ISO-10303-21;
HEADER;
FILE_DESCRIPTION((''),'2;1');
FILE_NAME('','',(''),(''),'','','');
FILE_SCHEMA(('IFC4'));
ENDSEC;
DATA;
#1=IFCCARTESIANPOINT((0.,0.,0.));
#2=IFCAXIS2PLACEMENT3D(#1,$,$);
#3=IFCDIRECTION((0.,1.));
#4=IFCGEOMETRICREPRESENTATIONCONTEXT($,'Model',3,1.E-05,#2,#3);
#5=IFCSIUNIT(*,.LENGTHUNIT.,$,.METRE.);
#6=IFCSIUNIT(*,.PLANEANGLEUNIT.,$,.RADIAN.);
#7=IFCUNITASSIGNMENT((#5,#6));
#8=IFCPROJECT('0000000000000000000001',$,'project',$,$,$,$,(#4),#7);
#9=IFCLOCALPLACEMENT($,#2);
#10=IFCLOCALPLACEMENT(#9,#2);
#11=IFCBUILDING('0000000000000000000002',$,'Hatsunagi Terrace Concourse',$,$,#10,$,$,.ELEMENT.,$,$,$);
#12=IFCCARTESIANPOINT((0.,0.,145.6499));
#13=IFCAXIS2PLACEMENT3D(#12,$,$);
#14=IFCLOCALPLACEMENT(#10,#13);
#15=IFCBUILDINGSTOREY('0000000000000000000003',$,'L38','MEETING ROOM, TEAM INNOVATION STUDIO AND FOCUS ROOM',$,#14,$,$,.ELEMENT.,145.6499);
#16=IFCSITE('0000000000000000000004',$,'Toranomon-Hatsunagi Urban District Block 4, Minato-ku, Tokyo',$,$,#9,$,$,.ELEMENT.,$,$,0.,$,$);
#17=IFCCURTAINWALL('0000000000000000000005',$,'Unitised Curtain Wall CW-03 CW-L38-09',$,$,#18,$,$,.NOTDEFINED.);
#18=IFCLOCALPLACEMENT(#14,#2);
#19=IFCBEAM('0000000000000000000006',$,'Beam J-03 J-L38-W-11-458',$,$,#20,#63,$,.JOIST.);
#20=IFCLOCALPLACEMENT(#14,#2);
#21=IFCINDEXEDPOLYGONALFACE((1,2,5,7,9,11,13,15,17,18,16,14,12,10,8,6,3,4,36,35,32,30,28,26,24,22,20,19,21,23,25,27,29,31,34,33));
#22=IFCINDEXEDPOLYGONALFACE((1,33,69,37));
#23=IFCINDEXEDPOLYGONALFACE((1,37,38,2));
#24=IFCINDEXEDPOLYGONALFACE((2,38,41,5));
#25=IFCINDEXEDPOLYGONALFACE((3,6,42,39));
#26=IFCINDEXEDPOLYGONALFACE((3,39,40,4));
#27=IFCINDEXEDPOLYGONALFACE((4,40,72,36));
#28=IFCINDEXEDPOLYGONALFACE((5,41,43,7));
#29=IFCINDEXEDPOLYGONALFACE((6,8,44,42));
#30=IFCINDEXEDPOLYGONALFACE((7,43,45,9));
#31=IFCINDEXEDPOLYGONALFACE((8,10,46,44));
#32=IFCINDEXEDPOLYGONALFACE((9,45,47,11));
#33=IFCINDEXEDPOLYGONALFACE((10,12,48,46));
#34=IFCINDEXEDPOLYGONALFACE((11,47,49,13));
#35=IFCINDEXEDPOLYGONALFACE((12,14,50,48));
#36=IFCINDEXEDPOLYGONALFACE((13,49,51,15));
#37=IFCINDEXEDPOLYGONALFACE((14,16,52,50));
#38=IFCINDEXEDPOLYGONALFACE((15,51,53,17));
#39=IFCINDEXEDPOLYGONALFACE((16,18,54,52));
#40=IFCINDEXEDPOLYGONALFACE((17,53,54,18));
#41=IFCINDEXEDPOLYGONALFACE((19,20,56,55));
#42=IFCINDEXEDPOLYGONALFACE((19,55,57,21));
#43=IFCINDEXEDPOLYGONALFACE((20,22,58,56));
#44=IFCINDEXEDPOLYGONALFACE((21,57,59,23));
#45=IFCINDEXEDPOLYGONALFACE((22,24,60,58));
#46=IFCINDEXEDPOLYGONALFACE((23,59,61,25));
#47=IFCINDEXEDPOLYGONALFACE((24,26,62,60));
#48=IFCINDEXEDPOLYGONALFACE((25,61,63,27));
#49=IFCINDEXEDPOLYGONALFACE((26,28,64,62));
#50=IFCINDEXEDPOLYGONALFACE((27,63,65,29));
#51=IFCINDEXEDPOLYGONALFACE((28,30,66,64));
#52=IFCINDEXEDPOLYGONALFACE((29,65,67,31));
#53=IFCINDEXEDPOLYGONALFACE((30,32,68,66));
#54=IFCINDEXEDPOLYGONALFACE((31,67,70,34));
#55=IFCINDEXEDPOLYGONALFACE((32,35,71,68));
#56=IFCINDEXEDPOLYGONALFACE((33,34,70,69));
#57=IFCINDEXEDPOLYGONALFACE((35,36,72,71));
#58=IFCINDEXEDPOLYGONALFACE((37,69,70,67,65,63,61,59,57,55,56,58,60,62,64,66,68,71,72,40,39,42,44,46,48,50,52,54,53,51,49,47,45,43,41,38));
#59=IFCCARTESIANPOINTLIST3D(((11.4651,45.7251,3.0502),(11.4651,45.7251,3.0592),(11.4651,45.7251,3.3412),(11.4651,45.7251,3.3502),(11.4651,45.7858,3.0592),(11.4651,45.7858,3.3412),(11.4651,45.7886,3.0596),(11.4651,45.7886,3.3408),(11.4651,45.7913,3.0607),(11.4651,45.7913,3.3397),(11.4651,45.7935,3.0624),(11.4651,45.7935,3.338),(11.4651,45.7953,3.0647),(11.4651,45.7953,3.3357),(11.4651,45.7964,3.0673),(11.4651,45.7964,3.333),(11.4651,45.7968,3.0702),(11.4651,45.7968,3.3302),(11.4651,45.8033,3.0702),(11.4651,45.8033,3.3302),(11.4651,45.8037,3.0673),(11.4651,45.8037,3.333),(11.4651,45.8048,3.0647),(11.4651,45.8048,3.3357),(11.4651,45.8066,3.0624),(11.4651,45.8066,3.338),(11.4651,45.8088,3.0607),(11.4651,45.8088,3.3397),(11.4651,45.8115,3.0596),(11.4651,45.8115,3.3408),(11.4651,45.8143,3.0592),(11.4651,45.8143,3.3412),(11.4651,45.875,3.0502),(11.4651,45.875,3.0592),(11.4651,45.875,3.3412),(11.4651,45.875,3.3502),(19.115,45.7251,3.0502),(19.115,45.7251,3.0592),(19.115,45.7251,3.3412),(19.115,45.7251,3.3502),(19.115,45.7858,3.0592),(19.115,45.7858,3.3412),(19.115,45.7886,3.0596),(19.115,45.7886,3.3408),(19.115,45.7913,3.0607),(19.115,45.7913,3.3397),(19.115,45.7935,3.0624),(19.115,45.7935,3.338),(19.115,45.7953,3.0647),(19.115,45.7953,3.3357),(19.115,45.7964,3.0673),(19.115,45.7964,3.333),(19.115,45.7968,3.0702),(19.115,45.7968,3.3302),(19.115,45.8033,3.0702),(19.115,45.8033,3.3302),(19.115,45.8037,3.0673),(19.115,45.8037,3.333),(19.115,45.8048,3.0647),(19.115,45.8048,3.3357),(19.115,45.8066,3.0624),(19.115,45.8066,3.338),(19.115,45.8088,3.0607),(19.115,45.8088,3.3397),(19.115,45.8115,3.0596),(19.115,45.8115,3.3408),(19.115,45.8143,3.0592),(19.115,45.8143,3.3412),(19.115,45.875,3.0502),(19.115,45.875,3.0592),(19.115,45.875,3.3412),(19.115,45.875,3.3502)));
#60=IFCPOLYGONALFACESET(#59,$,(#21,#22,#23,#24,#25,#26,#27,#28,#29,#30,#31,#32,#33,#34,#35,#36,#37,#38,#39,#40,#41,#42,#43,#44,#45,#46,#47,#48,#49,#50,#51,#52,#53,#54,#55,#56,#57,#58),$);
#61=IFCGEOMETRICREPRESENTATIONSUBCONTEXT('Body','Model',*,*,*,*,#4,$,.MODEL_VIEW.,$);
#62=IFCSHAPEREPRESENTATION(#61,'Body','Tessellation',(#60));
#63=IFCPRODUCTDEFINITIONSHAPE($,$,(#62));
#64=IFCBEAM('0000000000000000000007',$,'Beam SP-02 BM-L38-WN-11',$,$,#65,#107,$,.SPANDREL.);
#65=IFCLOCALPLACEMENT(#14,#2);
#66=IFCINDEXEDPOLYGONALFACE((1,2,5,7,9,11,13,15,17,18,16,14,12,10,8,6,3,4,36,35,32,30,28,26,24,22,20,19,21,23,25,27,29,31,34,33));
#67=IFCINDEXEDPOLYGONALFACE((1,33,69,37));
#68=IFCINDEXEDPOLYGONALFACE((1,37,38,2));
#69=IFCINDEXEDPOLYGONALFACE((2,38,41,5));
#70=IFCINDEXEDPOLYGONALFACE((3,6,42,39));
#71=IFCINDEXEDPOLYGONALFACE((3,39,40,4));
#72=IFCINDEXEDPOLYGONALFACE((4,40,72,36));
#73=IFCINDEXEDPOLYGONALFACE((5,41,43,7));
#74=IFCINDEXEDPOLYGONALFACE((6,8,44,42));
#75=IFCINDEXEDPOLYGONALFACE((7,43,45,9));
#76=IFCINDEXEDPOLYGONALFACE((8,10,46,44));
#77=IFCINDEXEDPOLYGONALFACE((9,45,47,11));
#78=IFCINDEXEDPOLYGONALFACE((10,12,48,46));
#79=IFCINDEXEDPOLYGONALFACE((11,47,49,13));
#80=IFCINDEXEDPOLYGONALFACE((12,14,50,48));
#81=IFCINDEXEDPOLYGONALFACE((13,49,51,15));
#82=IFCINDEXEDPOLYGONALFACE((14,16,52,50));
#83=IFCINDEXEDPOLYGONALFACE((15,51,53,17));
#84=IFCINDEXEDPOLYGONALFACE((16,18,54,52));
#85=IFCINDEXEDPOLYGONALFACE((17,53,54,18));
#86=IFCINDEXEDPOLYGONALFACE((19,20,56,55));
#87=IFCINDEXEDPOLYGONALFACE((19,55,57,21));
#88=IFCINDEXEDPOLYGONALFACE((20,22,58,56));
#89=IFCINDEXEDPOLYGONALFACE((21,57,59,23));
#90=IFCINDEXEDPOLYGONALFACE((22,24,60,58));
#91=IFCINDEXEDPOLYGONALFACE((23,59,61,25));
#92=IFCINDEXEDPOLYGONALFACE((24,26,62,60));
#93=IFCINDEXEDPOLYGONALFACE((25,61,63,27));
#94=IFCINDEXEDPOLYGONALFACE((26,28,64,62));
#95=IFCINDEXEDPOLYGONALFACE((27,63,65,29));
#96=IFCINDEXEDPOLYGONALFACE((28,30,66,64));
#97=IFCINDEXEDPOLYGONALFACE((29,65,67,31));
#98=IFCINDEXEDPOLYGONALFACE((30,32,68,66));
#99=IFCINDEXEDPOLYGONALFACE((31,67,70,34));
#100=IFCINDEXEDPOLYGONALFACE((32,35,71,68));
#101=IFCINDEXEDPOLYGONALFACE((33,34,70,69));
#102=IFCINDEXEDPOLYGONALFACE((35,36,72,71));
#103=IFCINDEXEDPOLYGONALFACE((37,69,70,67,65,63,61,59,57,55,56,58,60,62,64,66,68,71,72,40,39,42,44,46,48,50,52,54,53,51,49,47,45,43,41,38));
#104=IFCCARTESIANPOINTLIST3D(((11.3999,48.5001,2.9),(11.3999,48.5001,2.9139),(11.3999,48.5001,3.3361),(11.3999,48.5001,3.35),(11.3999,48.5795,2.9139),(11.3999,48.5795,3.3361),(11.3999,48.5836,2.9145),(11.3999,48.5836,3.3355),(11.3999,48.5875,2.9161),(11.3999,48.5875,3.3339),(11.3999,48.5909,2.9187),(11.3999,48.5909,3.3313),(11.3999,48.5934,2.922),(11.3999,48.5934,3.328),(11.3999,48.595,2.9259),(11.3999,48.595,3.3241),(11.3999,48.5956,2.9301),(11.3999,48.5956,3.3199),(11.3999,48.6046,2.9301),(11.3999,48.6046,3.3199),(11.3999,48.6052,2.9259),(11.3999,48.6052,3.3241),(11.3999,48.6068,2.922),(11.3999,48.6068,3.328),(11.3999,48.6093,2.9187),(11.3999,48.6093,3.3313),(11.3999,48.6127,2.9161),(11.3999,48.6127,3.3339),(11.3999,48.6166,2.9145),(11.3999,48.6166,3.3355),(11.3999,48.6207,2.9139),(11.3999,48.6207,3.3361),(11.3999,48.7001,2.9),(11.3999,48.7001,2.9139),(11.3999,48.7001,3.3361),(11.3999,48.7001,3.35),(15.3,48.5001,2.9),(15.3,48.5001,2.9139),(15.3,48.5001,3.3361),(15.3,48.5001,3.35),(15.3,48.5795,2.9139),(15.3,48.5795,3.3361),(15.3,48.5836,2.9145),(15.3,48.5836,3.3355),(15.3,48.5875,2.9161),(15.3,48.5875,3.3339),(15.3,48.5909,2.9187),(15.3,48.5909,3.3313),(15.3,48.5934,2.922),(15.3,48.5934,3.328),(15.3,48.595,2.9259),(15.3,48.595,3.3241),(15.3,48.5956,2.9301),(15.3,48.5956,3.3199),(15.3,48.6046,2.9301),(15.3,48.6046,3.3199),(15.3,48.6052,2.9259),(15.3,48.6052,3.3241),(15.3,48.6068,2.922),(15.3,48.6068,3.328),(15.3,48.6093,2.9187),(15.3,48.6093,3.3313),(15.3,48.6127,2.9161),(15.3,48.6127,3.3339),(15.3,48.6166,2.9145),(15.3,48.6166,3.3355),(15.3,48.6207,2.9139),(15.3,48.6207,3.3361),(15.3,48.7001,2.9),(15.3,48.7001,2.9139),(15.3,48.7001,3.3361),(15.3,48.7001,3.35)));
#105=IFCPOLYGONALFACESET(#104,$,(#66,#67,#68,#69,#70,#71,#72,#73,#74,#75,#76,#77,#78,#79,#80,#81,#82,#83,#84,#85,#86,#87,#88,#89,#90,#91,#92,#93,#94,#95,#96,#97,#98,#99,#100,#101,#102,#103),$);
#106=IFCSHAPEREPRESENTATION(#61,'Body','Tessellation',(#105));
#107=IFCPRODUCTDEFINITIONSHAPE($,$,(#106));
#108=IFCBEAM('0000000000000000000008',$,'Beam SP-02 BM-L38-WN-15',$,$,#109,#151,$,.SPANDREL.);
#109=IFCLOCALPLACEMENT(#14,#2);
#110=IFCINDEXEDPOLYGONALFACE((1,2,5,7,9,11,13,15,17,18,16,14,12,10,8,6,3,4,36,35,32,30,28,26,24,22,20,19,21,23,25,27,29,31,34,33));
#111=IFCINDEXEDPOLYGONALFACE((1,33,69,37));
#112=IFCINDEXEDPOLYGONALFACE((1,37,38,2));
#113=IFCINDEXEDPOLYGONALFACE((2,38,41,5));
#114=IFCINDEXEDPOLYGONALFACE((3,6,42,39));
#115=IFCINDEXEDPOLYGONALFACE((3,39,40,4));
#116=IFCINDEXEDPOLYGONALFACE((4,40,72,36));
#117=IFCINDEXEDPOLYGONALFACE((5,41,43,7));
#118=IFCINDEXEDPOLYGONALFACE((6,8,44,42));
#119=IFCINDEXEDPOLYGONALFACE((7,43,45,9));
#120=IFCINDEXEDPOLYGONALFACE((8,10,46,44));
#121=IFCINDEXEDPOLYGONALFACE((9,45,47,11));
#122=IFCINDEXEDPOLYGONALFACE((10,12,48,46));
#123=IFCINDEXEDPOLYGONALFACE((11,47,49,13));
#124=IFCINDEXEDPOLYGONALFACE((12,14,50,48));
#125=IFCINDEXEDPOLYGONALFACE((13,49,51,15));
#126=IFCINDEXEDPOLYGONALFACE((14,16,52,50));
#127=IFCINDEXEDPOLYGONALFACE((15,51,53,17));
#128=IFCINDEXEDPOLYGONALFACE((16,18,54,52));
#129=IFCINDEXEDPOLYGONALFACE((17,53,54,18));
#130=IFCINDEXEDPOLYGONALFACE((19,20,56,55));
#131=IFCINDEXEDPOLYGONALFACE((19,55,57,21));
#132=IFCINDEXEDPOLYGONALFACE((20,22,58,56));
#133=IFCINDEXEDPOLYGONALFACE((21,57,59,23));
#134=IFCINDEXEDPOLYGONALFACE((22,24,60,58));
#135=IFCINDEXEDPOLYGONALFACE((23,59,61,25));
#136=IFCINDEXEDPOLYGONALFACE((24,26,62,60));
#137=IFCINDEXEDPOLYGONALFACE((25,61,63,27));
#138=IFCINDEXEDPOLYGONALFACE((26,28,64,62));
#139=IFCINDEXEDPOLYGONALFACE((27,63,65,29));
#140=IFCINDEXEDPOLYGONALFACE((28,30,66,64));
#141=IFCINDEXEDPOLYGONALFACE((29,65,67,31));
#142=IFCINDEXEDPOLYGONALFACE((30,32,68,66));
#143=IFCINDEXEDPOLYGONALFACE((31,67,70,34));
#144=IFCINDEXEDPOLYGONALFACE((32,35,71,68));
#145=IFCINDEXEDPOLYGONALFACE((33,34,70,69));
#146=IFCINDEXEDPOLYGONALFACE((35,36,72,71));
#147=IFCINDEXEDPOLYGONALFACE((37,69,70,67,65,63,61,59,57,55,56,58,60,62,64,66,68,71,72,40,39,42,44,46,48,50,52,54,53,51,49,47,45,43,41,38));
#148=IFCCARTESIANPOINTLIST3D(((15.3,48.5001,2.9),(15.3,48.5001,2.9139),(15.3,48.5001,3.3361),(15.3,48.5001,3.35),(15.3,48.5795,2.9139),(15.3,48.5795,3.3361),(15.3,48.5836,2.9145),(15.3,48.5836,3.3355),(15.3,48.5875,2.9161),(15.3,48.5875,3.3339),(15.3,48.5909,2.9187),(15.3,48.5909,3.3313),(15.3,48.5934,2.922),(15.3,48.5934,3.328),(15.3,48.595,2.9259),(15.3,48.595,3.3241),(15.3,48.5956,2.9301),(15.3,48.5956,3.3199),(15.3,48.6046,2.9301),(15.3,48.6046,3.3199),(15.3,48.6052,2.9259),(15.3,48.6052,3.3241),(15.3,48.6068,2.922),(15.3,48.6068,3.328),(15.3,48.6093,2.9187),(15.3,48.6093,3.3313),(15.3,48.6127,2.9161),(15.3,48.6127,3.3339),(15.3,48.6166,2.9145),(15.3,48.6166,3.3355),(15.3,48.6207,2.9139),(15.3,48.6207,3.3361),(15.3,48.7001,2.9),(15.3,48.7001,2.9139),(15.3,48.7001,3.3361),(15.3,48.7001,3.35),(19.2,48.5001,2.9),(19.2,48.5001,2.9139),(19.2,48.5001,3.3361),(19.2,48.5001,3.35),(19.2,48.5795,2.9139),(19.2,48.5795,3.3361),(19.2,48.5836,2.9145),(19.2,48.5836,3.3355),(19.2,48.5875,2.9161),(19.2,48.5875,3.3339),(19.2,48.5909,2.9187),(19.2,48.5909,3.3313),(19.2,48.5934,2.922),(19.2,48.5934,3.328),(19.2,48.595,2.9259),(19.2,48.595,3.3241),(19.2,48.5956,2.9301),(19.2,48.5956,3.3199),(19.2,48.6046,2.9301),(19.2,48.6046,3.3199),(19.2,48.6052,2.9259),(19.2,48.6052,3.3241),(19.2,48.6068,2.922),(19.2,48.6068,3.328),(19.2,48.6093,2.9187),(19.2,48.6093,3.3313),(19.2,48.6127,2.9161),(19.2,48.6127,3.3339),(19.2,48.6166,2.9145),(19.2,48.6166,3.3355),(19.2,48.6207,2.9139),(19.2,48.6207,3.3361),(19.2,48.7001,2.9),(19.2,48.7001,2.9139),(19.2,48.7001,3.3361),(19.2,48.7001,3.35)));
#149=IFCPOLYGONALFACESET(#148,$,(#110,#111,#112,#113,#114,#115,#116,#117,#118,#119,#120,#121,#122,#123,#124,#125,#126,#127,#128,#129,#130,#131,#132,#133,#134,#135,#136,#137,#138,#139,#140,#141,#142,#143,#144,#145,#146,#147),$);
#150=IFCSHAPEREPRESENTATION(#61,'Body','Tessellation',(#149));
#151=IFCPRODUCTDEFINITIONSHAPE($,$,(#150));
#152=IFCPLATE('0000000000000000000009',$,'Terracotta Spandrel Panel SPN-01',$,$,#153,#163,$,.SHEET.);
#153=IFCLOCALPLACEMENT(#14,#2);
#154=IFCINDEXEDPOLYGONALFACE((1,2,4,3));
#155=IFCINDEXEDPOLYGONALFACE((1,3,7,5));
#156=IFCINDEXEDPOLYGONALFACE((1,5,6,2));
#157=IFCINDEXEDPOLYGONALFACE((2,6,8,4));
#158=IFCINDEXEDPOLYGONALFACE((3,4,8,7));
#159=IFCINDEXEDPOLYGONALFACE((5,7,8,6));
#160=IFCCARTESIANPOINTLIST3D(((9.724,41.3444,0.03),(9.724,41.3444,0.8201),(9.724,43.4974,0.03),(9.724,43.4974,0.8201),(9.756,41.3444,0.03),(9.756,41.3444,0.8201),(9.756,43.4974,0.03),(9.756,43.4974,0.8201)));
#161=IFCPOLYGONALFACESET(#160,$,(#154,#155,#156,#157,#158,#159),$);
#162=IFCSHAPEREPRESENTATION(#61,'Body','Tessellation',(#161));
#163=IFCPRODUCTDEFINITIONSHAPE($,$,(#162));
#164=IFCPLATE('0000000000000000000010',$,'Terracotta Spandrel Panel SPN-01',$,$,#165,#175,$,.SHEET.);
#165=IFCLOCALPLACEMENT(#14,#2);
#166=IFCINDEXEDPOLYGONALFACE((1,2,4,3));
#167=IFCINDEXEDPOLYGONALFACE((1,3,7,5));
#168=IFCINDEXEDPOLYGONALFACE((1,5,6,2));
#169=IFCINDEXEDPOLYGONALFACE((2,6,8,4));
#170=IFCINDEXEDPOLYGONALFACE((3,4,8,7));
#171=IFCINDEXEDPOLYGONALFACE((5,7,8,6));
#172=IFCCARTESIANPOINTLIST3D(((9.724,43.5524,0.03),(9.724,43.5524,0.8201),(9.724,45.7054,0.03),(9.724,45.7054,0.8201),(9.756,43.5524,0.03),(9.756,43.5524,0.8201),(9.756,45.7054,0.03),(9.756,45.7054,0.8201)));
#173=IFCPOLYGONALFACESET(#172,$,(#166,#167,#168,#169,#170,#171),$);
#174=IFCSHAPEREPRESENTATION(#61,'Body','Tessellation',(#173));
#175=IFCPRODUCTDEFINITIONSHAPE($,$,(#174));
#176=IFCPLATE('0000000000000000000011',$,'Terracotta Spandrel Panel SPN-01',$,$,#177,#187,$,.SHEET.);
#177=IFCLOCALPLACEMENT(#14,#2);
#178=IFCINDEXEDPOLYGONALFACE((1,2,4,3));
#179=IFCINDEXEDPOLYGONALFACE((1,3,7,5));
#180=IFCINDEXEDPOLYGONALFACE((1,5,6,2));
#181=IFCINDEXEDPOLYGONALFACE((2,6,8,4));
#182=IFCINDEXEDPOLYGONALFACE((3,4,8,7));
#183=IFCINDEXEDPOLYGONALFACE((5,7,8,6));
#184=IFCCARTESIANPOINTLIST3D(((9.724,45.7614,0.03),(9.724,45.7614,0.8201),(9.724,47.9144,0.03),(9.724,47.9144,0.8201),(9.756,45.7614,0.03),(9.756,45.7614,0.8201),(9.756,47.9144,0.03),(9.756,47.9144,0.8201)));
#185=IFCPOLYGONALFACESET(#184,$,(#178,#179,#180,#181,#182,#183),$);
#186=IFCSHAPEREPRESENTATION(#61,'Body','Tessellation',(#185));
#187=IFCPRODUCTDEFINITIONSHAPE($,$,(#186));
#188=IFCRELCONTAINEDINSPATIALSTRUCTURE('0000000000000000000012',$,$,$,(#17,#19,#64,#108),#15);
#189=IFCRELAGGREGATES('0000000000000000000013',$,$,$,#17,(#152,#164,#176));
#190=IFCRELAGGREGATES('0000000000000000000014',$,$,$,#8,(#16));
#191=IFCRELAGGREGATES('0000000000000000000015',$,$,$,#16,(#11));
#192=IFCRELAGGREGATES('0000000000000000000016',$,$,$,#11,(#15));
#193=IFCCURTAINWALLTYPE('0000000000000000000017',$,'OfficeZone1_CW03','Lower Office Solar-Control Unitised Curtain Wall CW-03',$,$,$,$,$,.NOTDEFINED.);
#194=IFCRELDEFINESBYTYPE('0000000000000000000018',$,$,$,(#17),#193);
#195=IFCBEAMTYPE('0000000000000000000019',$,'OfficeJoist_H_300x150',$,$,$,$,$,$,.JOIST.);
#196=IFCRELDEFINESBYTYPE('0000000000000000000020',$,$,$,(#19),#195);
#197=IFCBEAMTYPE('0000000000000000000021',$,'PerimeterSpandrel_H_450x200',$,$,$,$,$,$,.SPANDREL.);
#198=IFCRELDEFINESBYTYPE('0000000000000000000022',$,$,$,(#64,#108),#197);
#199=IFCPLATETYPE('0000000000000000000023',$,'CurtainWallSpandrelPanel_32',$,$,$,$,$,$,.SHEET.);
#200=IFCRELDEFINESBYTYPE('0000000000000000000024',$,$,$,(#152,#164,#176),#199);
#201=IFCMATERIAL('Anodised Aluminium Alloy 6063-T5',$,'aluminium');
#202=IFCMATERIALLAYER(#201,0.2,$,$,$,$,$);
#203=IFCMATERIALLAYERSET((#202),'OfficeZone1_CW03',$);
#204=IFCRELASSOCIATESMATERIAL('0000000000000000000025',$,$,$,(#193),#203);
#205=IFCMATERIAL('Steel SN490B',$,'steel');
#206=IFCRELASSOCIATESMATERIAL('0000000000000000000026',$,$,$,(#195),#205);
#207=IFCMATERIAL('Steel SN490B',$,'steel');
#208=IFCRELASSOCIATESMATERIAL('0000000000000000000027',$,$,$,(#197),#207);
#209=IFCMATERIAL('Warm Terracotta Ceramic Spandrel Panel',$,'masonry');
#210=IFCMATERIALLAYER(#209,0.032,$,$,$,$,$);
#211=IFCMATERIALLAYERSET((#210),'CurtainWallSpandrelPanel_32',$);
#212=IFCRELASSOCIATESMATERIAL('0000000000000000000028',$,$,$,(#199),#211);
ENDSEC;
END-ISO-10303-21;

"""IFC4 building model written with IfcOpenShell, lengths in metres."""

from ifc_helpers import new_model, si_unit, direction, frame, origin, origin_2d, place, context, subcontext, project, spatial, rectangle, i_section, extrude, material, layer, layer_set, material_profile, profile_set, type_object, element, aggregate, save


model = new_model("IFC4")

# Units and contexts
model_context = context("Model", 3, precision=1e-05, world=origin(), true_north=direction((0.0, 1.0)))
body_context = subcontext(model_context, "Body", "Model", "MODEL_VIEW")
ifc_project = project(units=[si_unit("LENGTHUNIT", "METRE"), si_unit("PLANEANGLEUNIT", "RADIAN")], contexts=[model_context])

# Site, building, storey
site_placement = place(None, origin())
site = spatial("IfcSite", under=ifc_project, at=site_placement, Name="Toranomon-Hatsunagi Urban District Block 4, Minato-ku, Tokyo", CompositionType="ELEMENT", RefElevation=0.0)
building_placement = place(site_placement, origin())
building = spatial("IfcBuilding", under=site, at=building_placement, Name="Hatsunagi Terrace Concourse", CompositionType="ELEMENT")
storey_placement = place(building_placement, frame((0.0, 0.0, 145.6499)))
storey = spatial("IfcBuildingStorey", under=building, at=storey_placement, Name="L38", Description="MEETING ROOM, TEAM INNOVATION STUDIO AND FOCUS ROOM", CompositionType="ELEMENT", Elevation=145.6499)

# Curtain wall
ifc_material_1 = material(Name="Anodised Aluminium Alloy 6063-T5", Category="aluminium")
ifc_layer_1 = layer(ifc_material_1, 0.2)
ifc_layer_set_1 = layer_set([ifc_layer_1], Name="OfficeZone1_CW03")
curtain_wall_type = type_object("IfcCurtainWallType", Name="OfficeZone1_CW03", Description="Lower Office Solar-Control Unitised Curtain Wall CW-03", PredefinedType="NOTDEFINED", material=ifc_layer_set_1)
curtain_wall_placement = place(storey_placement, origin())
curtain_wall = element("IfcCurtainWall", 1, at=curtain_wall_placement, inside=storey, type_object=curtain_wall_type, Name="Unitised Curtain Wall CW-03 CW-L38-09", PredefinedType="NOTDEFINED")

# Beams
ifc_material_2 = material(Name="Steel SN490B", Category="steel")
ifc_material_profile_1 = material_profile(ifc_material_2, i_section(OverallWidth=0.1499, OverallDepth=0.3, WebThickness=0.0066, FlangeThickness=0.009, FilletRadius=0.011, at=origin_2d()), Name="H-300x150x6.5x9")
ifc_profile_set_1 = profile_set([ifc_material_profile_1], Name="Steel SN490B")
beam_type_1 = type_object("IfcBeamType", Name="OfficeJoist_H_300x150", PredefinedType="JOIST", material=ifc_profile_set_1)
for number, where, z_axis, x_axis, name in (
    (2, (11.4651, 45.8, 3.2002), (1.0, 0.0, 0.0), (0.0, 1.0, 0.0), "Beam J-03 J-L38-W-11-458"),
):
    element("IfcBeam", number, at=place(storey_placement, frame(where, z_axis=z_axis, x_axis=x_axis)), inside=storey, type_object=beam_type_1, Name=name, PredefinedType="JOIST", context=body_context, shape_type="SweptSolid", body=[
        extrude(i_section(OverallWidth=0.1499, OverallDepth=0.3, WebThickness=0.0066, FlangeThickness=0.009, FilletRadius=0.011, at=origin_2d()), origin(), (0.0, 0.0, 1.0), 7.6499),
    ])
ifc_material_3 = material(Name="Steel SN490B", Category="steel")
ifc_material_profile_2 = material_profile(ifc_material_3, i_section(OverallWidth=0.2, OverallDepth=0.45, WebThickness=0.009, FlangeThickness=0.0139, FilletRadius=0.0161, at=origin_2d()), Name="H-450x200x9x14")
ifc_profile_set_2 = profile_set([ifc_material_profile_2], Name="Steel SN490B")
beam_type_2 = type_object("IfcBeamType", Name="PerimeterSpandrel_H_450x200", PredefinedType="SPANDREL", material=ifc_profile_set_2)
beam_1_placement = place(storey_placement, frame((11.3999, 48.6001, 3.125), z_axis=(1.0, 0.0, 0.0), x_axis=(0.0, 1.0, 0.0)))
element("IfcBeam", 3, at=beam_1_placement, inside=storey, type_object=beam_type_2, Name="Beam SP-02 BM-L38-WN-11", PredefinedType="SPANDREL", context=body_context, shape_type="SweptSolid", body=[
    extrude(i_section(OverallWidth=0.2, OverallDepth=0.45, WebThickness=0.009, FlangeThickness=0.0139, FilletRadius=0.0161, at=origin_2d()), origin(), (0.0, 0.0, 1.0), 3.9001),
])
beam_2_placement = place(storey_placement, frame((15.3, 48.6001, 3.125), z_axis=(1.0, 0.0, 0.0), x_axis=(0.0, 1.0, 0.0)))
element("IfcBeam", 4, at=beam_2_placement, inside=storey, type_object=beam_type_2, Name="Beam SP-02 BM-L38-WN-15", PredefinedType="SPANDREL", context=body_context, shape_type="SweptSolid", body=[
    extrude(i_section(OverallWidth=0.2, OverallDepth=0.45, WebThickness=0.009, FlangeThickness=0.0139, FilletRadius=0.0161, at=origin_2d()), origin(), (0.0, 0.0, 1.0), 3.8999),
])

# Plates
ifc_material_4 = material(Name="Warm Terracotta Ceramic Spandrel Panel", Category="masonry")
ifc_layer_2 = layer(ifc_material_4, 0.032)
ifc_layer_set_2 = layer_set([ifc_layer_2], Name="CurtainWallSpandrelPanel_32")
plate_type_1 = type_object("IfcPlateType", Name="CurtainWallSpandrelPanel_32", PredefinedType="SHEET", material=ifc_layer_set_2)
plate_1_placement = place(storey_placement, frame((9.74, 42.4209, 0.03), z_axis=(0.0, 0.0, 1.0), x_axis=(0.0, 1.0, 0.0)))
plate_1 = element("IfcPlate", 5, at=plate_1_placement, type_object=plate_type_1, Name="Terracotta Spandrel Panel SPN-01", PredefinedType="SHEET", context=body_context, shape_type="SweptSolid", body=[
    extrude(rectangle(XDim=2.1531, YDim=0.032, at=origin_2d()), origin(), (0.0, 0.0, 1.0), 0.79),
])
plate_2_placement = place(storey_placement, frame((9.74, 44.6289, 0.03), z_axis=(0.0, 0.0, 1.0), x_axis=(0.0, 1.0, 0.0)))
plate_2 = element("IfcPlate", 6, at=plate_2_placement, type_object=plate_type_1, Name="Terracotta Spandrel Panel SPN-01", PredefinedType="SHEET", context=body_context, shape_type="SweptSolid", body=[
    extrude(rectangle(XDim=2.1531, YDim=0.032, at=origin_2d()), origin(), (0.0, 0.0, 1.0), 0.79),
])
plate_3_placement = place(storey_placement, frame((9.74, 46.8379, 0.03), z_axis=(0.0, 0.0, 1.0), x_axis=(0.0, 1.0, 0.0)))
plate_3 = element("IfcPlate", 7, at=plate_3_placement, type_object=plate_type_1, Name="Terracotta Spandrel Panel SPN-01", PredefinedType="SHEET", context=body_context, shape_type="SweptSolid", body=[
    extrude(rectangle(XDim=2.1531, YDim=0.032, at=origin_2d()), origin(), (0.0, 0.0, 1.0), 0.79),
])
aggregate(curtain_wall, [plate_1, plate_2, plate_3])

save(model, "model.ifc")
